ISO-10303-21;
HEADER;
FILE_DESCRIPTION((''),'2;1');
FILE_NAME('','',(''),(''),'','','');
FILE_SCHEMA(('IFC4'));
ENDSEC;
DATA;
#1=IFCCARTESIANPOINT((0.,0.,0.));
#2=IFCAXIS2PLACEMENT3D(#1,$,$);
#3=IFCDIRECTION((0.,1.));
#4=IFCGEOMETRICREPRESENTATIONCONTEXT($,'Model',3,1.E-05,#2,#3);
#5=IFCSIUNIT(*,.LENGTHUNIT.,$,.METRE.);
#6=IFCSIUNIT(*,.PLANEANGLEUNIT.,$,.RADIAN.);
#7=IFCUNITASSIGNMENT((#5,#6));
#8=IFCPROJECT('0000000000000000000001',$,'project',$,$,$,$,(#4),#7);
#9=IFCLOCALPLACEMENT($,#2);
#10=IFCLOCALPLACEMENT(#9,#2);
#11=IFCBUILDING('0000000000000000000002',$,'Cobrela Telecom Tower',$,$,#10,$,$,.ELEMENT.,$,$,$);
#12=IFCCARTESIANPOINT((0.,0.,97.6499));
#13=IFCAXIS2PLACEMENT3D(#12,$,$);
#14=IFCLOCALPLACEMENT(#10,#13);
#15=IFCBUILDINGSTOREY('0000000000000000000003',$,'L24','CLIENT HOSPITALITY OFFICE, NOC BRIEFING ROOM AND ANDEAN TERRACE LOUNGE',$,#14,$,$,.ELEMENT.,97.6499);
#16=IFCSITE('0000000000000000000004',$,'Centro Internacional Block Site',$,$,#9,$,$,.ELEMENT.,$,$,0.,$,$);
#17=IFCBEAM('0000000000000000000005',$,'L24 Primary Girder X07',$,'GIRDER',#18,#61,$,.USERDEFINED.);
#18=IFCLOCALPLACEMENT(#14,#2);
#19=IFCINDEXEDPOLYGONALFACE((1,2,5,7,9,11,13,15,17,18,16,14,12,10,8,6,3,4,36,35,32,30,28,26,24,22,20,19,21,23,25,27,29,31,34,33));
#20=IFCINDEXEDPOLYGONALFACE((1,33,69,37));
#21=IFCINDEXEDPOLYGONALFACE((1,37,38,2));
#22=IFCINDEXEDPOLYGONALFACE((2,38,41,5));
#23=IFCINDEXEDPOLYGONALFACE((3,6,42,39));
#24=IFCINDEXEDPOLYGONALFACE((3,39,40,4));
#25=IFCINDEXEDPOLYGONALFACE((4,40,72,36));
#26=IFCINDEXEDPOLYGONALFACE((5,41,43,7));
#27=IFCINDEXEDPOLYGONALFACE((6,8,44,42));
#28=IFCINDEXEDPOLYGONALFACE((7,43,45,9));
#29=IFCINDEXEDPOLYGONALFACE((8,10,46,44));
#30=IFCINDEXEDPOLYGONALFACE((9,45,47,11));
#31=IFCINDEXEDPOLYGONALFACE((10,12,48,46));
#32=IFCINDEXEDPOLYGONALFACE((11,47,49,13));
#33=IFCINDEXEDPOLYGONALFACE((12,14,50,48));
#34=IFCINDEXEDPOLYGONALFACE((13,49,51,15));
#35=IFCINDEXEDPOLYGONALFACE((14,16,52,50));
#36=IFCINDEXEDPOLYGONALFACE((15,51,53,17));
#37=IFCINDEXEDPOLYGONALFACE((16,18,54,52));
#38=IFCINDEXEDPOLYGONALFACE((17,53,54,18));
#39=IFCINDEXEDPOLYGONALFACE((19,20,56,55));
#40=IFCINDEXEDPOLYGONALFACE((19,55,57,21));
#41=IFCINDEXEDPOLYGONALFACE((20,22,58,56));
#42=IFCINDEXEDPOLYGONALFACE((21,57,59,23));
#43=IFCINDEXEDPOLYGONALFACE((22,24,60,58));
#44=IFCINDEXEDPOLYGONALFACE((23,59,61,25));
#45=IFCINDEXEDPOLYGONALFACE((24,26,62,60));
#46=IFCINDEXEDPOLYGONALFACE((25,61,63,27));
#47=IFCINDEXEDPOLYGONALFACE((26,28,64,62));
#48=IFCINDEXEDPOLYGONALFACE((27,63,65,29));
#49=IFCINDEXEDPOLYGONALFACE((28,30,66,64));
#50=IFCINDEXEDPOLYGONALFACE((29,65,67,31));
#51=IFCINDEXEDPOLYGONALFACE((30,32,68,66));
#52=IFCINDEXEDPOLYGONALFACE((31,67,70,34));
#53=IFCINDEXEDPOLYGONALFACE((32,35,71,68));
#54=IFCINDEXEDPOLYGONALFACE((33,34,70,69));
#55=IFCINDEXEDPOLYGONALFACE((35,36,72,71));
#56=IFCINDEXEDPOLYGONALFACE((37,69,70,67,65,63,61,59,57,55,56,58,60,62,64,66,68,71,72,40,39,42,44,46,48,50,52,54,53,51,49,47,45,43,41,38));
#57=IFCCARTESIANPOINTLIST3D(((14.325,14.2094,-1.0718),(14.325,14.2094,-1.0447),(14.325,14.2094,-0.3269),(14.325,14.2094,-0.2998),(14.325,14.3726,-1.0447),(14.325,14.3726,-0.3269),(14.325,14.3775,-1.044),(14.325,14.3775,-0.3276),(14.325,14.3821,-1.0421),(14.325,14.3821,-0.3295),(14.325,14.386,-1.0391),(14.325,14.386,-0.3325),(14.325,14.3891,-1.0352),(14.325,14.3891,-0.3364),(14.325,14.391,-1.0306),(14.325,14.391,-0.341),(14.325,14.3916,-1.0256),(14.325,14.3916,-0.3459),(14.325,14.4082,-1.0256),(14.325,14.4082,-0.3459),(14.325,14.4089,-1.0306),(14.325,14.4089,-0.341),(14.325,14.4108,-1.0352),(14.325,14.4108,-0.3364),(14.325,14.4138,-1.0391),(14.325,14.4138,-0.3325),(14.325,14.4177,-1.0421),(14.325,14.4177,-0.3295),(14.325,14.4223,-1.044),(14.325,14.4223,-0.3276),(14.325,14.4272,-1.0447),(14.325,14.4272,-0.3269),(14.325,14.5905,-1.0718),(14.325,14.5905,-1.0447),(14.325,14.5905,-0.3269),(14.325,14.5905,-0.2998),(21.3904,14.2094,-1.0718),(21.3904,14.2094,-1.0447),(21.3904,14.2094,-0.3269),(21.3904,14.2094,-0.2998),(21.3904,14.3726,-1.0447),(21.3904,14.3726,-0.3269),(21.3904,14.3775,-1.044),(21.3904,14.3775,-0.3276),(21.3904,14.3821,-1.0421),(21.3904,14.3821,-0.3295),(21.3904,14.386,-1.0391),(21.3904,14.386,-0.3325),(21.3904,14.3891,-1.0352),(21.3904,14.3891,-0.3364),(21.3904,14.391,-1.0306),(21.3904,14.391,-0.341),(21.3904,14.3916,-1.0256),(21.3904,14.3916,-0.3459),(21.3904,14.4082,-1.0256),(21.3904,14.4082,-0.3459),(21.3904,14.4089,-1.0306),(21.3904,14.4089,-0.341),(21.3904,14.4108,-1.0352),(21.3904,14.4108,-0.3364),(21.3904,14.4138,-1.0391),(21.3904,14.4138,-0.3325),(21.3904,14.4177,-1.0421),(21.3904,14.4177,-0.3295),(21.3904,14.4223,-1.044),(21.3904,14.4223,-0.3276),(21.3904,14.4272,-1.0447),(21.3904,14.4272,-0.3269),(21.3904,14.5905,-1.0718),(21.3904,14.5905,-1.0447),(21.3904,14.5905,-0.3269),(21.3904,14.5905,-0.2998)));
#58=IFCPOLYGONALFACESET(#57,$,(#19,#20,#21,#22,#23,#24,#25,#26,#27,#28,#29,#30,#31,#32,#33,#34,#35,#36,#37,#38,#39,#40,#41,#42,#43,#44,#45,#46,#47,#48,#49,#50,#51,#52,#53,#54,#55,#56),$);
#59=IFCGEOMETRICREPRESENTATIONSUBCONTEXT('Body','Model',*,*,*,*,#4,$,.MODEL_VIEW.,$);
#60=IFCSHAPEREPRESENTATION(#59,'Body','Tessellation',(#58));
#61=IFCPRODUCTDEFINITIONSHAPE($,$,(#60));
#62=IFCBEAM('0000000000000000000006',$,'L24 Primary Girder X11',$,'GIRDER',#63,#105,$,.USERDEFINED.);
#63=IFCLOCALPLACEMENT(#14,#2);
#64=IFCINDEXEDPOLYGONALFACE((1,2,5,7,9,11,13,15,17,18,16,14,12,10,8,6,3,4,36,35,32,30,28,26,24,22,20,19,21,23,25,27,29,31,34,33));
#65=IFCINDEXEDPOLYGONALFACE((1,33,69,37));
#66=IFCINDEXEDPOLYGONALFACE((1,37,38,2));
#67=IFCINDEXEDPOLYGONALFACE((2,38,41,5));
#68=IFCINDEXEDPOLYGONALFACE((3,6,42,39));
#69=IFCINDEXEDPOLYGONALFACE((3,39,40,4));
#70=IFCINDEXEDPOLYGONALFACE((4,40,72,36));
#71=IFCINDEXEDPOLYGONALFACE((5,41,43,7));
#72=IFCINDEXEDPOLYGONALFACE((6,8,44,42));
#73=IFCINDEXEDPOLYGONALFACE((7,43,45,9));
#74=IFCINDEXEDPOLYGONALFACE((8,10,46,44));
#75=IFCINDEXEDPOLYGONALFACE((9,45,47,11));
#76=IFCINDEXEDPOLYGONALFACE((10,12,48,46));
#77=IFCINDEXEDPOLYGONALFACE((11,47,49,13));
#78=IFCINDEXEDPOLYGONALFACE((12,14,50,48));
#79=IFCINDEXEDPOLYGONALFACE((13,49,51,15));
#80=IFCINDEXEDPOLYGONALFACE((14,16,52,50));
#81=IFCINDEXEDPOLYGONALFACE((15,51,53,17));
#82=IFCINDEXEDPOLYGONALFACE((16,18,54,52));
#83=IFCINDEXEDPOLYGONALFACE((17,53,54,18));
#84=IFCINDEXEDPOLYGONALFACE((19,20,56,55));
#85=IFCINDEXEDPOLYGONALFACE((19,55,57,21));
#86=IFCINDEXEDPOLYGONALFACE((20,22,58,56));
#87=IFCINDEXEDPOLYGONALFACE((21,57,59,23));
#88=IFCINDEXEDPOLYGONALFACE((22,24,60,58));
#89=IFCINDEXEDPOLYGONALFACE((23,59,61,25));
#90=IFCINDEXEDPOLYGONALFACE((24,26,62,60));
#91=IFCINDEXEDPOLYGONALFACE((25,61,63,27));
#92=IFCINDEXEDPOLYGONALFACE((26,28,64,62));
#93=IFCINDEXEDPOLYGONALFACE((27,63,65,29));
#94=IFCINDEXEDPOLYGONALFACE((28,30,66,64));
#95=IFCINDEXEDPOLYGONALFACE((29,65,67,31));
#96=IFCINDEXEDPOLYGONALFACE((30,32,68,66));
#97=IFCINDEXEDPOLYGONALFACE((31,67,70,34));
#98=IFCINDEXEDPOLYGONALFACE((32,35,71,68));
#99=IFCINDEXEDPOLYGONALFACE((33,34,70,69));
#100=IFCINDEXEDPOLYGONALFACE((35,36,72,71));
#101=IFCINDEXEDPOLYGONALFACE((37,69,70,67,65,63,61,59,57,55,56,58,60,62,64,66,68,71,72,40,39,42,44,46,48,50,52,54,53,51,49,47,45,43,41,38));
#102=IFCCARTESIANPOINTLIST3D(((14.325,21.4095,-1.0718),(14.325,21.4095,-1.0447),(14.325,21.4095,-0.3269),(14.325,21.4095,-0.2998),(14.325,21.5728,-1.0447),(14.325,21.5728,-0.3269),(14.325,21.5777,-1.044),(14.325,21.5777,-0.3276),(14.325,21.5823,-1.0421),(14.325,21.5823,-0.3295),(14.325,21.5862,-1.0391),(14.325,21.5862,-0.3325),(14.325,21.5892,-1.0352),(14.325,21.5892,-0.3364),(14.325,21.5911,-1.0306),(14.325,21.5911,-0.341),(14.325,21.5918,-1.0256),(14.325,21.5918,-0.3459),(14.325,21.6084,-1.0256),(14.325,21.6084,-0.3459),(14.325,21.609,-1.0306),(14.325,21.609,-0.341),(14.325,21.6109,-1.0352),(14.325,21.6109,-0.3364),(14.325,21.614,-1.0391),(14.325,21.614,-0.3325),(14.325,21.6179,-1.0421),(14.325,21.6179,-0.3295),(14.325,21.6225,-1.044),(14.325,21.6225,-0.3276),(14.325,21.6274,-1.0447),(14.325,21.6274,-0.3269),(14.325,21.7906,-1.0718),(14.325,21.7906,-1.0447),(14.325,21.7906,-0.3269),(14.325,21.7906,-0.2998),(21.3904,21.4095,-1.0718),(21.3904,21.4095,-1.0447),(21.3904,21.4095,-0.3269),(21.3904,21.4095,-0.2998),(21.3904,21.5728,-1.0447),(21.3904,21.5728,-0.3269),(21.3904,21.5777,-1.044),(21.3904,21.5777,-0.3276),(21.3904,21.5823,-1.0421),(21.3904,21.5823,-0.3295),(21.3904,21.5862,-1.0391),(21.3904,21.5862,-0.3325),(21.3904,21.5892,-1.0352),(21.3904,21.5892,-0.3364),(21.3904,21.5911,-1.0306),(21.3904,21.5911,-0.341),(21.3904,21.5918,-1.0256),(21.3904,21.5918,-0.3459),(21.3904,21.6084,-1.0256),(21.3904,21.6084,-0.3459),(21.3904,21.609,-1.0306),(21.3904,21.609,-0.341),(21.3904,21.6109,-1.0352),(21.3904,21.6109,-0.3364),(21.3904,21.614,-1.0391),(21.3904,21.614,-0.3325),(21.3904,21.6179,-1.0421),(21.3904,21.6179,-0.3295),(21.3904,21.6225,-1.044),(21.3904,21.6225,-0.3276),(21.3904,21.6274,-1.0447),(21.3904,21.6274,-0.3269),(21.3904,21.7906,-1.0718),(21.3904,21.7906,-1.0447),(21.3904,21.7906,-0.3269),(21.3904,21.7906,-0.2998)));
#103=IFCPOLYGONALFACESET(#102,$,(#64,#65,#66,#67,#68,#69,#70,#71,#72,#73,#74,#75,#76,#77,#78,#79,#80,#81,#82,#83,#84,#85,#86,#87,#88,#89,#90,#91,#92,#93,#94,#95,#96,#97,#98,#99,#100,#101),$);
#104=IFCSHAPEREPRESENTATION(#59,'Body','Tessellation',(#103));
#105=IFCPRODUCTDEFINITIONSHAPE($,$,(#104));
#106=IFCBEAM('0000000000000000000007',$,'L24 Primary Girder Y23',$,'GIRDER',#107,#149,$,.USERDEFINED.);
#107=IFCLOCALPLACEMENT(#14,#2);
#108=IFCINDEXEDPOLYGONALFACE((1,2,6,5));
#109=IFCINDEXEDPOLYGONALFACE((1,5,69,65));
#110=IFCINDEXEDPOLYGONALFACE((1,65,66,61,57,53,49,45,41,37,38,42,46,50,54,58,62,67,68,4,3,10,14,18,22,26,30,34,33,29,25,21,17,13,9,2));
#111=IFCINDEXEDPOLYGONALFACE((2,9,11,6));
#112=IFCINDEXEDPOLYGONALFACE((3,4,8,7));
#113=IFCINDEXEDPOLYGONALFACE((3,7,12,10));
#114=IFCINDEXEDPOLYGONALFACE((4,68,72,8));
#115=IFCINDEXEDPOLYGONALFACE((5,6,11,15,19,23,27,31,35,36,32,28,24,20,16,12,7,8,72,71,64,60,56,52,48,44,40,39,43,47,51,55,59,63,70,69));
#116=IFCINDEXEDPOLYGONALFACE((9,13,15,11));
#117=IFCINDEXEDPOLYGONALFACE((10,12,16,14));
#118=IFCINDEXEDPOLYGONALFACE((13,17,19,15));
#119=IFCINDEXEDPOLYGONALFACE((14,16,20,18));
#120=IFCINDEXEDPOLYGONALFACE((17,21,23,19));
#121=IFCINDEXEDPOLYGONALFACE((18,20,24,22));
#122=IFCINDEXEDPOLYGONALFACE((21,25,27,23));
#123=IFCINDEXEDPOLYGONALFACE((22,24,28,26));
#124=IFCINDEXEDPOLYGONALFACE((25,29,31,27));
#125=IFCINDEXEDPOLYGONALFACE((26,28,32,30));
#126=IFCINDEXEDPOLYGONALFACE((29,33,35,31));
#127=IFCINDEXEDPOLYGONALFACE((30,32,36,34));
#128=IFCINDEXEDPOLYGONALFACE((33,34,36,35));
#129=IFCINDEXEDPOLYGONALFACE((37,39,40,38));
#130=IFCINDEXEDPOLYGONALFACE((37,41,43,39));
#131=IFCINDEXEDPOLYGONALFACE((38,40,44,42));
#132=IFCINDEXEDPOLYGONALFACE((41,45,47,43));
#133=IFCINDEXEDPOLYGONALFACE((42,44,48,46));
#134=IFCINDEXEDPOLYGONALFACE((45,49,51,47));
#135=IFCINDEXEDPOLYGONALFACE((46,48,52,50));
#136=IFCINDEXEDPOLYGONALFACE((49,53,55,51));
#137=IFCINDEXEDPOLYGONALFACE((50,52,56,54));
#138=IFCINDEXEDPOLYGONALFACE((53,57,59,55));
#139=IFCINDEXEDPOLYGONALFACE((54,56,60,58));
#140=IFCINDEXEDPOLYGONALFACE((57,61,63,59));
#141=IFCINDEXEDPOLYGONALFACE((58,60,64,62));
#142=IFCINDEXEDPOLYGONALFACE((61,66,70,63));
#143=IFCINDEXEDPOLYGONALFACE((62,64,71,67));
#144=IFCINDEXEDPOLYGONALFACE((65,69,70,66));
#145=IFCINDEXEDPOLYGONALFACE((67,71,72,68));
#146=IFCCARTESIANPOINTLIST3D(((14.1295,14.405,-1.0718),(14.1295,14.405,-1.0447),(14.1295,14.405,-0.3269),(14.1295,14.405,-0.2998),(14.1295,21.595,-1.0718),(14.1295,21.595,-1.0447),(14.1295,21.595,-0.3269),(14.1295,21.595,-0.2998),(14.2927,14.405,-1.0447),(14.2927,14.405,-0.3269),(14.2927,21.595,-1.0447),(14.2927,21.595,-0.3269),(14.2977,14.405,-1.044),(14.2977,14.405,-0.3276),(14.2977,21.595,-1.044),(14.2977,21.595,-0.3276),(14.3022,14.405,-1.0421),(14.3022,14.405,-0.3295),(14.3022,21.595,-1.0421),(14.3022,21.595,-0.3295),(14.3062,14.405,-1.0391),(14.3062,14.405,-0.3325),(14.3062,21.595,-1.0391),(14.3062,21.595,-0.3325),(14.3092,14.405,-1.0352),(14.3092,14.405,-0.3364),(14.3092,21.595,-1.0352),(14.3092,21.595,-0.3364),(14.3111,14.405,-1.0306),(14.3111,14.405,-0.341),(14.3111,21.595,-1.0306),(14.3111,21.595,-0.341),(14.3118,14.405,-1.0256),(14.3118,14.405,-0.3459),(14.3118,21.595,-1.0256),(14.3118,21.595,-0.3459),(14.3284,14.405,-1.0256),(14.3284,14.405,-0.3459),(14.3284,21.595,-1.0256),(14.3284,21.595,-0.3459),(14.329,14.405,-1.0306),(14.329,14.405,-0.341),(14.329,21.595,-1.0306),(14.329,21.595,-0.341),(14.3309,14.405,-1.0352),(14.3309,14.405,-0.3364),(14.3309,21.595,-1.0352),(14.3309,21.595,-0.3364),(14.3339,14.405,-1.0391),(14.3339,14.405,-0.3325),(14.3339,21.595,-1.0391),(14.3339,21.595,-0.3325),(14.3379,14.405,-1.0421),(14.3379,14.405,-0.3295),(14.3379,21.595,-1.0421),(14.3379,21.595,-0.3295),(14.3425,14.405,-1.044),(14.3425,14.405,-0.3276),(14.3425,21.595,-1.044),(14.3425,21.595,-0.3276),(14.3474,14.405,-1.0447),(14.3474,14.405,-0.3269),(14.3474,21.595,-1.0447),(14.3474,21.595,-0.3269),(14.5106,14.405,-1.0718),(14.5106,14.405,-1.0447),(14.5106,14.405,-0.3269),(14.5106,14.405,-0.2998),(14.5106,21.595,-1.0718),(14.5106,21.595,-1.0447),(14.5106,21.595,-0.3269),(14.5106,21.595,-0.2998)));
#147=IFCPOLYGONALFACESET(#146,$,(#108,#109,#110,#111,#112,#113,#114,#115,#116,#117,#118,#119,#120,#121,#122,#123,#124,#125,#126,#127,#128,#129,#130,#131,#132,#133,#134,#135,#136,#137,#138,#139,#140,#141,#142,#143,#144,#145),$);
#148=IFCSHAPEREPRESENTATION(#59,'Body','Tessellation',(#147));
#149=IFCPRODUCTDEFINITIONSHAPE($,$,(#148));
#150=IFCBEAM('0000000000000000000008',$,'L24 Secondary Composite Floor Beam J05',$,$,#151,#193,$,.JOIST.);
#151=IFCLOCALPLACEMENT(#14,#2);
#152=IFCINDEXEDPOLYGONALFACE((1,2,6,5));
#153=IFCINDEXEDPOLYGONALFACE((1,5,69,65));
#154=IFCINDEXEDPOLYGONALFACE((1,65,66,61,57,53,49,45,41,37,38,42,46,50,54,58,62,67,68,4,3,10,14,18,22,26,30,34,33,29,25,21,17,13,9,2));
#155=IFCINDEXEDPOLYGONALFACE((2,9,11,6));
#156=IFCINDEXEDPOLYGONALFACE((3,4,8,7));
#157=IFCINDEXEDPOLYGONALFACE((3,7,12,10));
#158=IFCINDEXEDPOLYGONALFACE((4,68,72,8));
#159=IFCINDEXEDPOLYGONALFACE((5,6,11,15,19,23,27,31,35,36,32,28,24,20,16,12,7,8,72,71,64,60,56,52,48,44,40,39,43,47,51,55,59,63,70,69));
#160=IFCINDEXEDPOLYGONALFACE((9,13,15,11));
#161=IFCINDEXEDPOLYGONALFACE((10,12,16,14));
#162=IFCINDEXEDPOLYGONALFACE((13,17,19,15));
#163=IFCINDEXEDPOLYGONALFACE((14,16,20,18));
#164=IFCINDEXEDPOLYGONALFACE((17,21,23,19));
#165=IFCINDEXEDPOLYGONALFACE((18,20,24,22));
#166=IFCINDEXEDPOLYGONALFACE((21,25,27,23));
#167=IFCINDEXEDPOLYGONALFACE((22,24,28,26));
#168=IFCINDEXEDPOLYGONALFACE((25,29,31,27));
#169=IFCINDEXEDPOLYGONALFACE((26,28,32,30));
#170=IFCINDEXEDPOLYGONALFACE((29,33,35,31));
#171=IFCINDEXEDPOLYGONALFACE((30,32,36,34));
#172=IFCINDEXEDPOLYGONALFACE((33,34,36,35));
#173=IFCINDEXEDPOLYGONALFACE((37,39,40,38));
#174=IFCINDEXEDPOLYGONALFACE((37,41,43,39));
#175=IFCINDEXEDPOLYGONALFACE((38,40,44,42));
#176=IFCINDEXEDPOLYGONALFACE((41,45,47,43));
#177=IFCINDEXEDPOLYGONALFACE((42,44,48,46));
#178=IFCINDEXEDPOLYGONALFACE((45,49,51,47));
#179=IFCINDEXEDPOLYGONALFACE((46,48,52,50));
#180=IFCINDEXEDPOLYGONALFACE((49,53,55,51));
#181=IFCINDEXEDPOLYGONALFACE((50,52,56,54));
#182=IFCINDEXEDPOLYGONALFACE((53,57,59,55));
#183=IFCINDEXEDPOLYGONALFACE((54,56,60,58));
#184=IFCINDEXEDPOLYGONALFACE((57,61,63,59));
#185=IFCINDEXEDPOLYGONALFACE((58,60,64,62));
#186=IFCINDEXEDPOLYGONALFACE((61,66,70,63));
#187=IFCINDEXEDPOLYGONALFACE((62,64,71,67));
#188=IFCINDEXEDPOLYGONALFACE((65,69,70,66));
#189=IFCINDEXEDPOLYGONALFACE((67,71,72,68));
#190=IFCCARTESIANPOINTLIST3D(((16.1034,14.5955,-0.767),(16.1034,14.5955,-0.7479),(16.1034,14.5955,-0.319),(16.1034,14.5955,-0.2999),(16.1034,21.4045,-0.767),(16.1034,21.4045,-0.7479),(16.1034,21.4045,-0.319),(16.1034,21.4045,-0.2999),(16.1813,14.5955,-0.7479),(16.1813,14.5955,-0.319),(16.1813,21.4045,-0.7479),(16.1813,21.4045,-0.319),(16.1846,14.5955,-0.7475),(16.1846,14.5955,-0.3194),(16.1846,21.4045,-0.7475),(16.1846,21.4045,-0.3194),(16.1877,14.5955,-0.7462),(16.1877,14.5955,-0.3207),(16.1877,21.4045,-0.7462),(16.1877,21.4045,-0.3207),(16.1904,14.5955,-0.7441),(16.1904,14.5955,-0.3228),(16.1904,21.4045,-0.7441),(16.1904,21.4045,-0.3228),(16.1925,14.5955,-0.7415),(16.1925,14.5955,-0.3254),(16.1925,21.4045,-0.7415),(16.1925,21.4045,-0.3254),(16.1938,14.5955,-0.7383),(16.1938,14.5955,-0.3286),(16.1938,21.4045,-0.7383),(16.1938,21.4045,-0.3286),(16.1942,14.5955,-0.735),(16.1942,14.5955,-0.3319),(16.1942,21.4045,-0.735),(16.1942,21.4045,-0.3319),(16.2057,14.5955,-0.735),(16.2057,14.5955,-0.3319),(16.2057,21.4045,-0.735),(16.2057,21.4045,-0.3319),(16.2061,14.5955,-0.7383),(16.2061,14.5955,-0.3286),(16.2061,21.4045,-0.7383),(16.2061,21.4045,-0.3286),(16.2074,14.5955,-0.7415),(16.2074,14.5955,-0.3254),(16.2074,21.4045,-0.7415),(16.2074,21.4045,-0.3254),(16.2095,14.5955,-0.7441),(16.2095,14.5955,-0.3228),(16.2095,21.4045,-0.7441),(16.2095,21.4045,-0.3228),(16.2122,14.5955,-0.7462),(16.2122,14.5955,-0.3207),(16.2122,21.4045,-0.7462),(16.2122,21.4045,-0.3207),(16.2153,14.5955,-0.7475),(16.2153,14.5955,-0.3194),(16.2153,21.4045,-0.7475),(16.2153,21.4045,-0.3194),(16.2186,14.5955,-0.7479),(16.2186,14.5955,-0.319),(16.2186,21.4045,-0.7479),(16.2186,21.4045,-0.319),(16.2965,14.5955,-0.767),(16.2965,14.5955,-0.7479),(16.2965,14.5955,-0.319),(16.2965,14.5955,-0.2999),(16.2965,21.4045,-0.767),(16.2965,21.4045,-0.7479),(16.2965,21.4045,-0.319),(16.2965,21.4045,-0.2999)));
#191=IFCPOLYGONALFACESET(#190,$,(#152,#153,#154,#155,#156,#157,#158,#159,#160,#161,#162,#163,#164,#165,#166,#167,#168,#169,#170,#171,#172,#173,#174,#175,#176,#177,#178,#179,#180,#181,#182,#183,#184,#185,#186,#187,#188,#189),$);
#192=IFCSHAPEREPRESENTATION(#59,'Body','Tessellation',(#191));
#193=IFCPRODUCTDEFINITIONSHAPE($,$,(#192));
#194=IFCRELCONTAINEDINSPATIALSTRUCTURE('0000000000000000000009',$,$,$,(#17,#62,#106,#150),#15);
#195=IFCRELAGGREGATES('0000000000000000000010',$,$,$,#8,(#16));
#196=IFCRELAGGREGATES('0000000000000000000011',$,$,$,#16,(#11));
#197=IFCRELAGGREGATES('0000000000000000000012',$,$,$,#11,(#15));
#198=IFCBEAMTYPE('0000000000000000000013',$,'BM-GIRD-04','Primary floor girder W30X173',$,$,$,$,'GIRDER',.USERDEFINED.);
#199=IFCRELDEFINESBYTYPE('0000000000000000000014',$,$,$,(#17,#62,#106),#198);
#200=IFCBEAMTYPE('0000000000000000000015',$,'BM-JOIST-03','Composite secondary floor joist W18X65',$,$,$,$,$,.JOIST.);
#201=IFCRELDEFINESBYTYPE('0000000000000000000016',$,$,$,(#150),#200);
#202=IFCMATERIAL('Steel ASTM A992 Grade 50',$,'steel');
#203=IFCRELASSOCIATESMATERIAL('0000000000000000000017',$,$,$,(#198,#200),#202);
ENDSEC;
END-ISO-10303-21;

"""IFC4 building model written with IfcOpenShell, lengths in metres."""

from ifc_helpers import new_model, si_unit, direction, frame, origin, origin_2d, place, context, subcontext, project, spatial, i_section, extrude, material, material_profile, profile_set, type_object, element, save


model = new_model("IFC4")

# Units and contexts
model_context = context("Model", 3, precision=1e-05, world=origin(), true_north=direction((0.0, 1.0)))
body_context = subcontext(model_context, "Body", "Model", "MODEL_VIEW")
ifc_project = project(units=[si_unit("LENGTHUNIT", "METRE"), si_unit("PLANEANGLEUNIT", "RADIAN")], contexts=[model_context])

# Site, building, storey
site_placement = place(None, origin())
site = spatial("IfcSite", under=ifc_project, at=site_placement, Name="Centro Internacional Block Site", CompositionType="ELEMENT", RefElevation=0.0)
building_placement = place(site_placement, origin())
building = spatial("IfcBuilding", under=site, at=building_placement, Name="Cobrela Telecom Tower", CompositionType="ELEMENT")
storey_placement = place(building_placement, frame((0.0, 0.0, 97.6499)))
storey = spatial("IfcBuildingStorey", under=building, at=storey_placement, Name="L24", Description="CLIENT HOSPITALITY OFFICE, NOC BRIEFING ROOM AND ANDEAN TERRACE LOUNGE", CompositionType="ELEMENT", Elevation=97.6499)

# Beams
ifc_material_1 = material(Name="Steel ASTM A992 Grade 50", Category="steel")
ifc_material_profile_1 = material_profile(ifc_material_1, i_section(OverallWidth=0.3811, OverallDepth=0.772, WebThickness=0.0166, FlangeThickness=0.0271, FilletRadius=0.019, at=origin_2d()), Name="W30X173")
ifc_profile_set_1 = profile_set([ifc_material_profile_1], Name="Steel ASTM A992 Grade 50")
beam_type_1 = type_object("IfcBeamType", Name="BM-GIRD-04", Description="Primary floor girder W30X173", ElementType="GIRDER", PredefinedType="USERDEFINED", material=ifc_profile_set_1)
for number, where, z_axis, x_axis, name in (
    (1, (14.325, 14.3999, -0.6858), (1.0, 0.0, 0.0), (0.0, 1.0, 0.0), "L24 Primary Girder X07"),
    (2, (14.325, 21.6001, -0.6858), (1.0, 0.0, 0.0), (0.0, 1.0, 0.0), "L24 Primary Girder X11"),
):
    element("IfcBeam", number, at=place(storey_placement, frame(where, z_axis=z_axis, x_axis=x_axis)), inside=storey, type_object=beam_type_1, Name=name, ObjectType="GIRDER", PredefinedType="USERDEFINED", context=body_context, shape_type="SweptSolid", body=[
        extrude(i_section(OverallWidth=0.3811, OverallDepth=0.772, WebThickness=0.0166, FlangeThickness=0.0271, FilletRadius=0.019, at=origin_2d()), origin(), (0.0, 0.0, 1.0), 7.0654),
    ])
beam_placement = place(storey_placement, frame((14.3201, 14.405, -0.6858), z_axis=(0.0, 1.0, 0.0), x_axis=(-1.0, 0.0, 0.0)))
element("IfcBeam", 3, at=beam_placement, inside=storey, type_object=beam_type_1, Name="L24 Primary Girder Y23", ObjectType="GIRDER", PredefinedType="USERDEFINED", context=body_context, shape_type="SweptSolid", body=[
    extrude(i_section(OverallWidth=0.3811, OverallDepth=0.772, WebThickness=0.0166, FlangeThickness=0.0271, FilletRadius=0.019, at=origin_2d()), origin(), (0.0, 0.0, 1.0), 7.1899),
])
ifc_material_profile_2 = material_profile(ifc_material_1, i_section(OverallWidth=0.1931, OverallDepth=0.467, WebThickness=0.0115, FlangeThickness=0.019, FilletRadius=0.0129, at=origin_2d()), Name="W18X65")
ifc_profile_set_2 = profile_set([ifc_material_profile_2], Name="Steel ASTM A992 Grade 50")
beam_type_2 = type_object("IfcBeamType", Name="BM-JOIST-03", Description="Composite secondary floor joist W18X65", PredefinedType="JOIST", material=ifc_profile_set_2)
for number, where, z_axis, x_axis, name in (
    (4, (16.2, 14.5955, -0.5334), (0.0, 1.0, 0.0), (-1.0, 0.0, 0.0), "L24 Secondary Composite Floor Beam J05"),
):
    element("IfcBeam", number, at=place(storey_placement, frame(where, z_axis=z_axis, x_axis=x_axis)), inside=storey, type_object=beam_type_2, Name=name, PredefinedType="JOIST", context=body_context, shape_type="SweptSolid", body=[
        extrude(i_section(OverallWidth=0.1931, OverallDepth=0.467, WebThickness=0.0115, FlangeThickness=0.019, FilletRadius=0.0129, at=origin_2d()), origin(), (0.0, 0.0, 1.0), 6.8091),
    ])

save(model, "model.ifc")
